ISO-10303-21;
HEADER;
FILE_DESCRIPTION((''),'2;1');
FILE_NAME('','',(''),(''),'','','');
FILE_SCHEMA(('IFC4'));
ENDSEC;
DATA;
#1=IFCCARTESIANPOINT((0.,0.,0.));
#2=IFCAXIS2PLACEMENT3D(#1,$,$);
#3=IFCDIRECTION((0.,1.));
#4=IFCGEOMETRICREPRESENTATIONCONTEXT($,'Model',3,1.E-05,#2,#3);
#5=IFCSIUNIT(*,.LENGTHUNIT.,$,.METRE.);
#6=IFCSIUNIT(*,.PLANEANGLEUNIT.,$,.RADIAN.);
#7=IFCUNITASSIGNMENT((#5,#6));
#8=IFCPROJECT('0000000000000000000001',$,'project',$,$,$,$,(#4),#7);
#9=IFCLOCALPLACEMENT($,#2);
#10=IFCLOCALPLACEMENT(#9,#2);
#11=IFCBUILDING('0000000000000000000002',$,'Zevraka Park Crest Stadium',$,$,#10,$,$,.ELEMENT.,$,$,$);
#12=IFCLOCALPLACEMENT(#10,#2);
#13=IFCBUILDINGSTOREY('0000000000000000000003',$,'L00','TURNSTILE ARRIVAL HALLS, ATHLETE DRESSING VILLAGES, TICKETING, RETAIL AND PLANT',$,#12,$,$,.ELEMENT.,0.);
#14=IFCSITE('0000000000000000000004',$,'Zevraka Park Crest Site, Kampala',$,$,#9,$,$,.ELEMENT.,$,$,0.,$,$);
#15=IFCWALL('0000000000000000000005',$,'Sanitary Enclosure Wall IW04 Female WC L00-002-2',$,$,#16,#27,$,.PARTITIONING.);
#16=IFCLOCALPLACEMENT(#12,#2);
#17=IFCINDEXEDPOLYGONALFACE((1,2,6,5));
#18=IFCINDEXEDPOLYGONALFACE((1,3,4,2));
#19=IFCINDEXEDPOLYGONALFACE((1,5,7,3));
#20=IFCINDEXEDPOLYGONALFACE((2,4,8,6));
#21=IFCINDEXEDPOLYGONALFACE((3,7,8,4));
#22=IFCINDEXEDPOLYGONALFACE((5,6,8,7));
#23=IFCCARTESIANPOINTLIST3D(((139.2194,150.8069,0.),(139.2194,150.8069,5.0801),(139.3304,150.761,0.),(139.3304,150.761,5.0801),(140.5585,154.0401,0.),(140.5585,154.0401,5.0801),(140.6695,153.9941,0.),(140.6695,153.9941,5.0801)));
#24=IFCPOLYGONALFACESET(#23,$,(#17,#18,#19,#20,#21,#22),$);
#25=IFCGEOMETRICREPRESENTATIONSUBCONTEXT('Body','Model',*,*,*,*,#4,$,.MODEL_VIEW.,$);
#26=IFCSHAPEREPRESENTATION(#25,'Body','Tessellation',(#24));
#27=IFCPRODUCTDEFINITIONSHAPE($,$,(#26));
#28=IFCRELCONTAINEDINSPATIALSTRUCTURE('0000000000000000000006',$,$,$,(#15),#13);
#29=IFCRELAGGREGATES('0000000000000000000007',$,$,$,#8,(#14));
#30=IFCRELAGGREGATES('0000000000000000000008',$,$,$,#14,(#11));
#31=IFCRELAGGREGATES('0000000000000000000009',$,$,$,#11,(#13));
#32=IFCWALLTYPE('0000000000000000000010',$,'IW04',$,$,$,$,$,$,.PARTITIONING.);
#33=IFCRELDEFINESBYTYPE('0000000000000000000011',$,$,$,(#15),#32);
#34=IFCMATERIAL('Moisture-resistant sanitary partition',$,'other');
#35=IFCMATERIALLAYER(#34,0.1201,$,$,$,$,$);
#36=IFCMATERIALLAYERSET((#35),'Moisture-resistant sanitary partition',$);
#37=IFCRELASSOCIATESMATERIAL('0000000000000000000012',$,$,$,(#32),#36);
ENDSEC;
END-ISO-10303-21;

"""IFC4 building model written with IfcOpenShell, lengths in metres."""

from ifc_helpers import new_model, si_unit, direction, frame, frame_2d, origin, place, context, subcontext, project, spatial, rectangle, extrude, material, layer, layer_set, type_object, element, save


model = new_model("IFC4")

# Units and contexts
model_context = context("Model", 3, precision=1e-05, world=origin(), true_north=direction((0.0, 1.0)))
body_context = subcontext(model_context, "Body", "Model", "MODEL_VIEW")
ifc_project = project(units=[si_unit("LENGTHUNIT", "METRE"), si_unit("PLANEANGLEUNIT", "RADIAN")], contexts=[model_context])

# Site, building, storey
site_placement = place(None, origin())
site = spatial("IfcSite", under=ifc_project, at=site_placement, Name="Zevraka Park Crest Site, Kampala", CompositionType="ELEMENT", RefElevation=0.0)
building_placement = place(site_placement, origin())
building = spatial("IfcBuilding", under=site, at=building_placement, Name="Zevraka Park Crest Stadium", CompositionType="ELEMENT")
storey_placement = place(building_placement, origin())
storey = spatial("IfcBuildingStorey", under=building, at=storey_placement, Name="L00", Description="TURNSTILE ARRIVAL HALLS, ATHLETE DRESSING VILLAGES, TICKETING, RETAIL AND PLANT", CompositionType="ELEMENT", Elevation=0.0)

# Wall
ifc_material_1 = material(Name="Moisture-resistant sanitary partition", Category="other")
ifc_layer = layer(ifc_material_1, 0.1201)
ifc_layer_set = layer_set([ifc_layer], Name="Moisture-resistant sanitary partition")
wall_type = type_object("IfcWallType", Name="IW04", PredefinedType="PARTITIONING", material=ifc_layer_set)
wall_1_placement = place(storey_placement, frame((139.2749, 150.7839, 0.0), z_axis=(0.0, 0.0, 1.0), x_axis=(0.382658, 0.92389, 0.0)))
element("IfcWall", 1, at=wall_1_placement, inside=storey, type_object=wall_type, Name="Sanitary Enclosure Wall IW04 Female WC L00-002-2", PredefinedType="PARTITIONING", context=body_context, shape_type="SweptSolid", body=[
    extrude(rectangle(XDim=3.4995, YDim=0.1201, at=frame_2d((1.7498, 0.0))), origin(), (0.0, 0.0, 1.0), 5.0801),
])

save(model, "model.ifc")
